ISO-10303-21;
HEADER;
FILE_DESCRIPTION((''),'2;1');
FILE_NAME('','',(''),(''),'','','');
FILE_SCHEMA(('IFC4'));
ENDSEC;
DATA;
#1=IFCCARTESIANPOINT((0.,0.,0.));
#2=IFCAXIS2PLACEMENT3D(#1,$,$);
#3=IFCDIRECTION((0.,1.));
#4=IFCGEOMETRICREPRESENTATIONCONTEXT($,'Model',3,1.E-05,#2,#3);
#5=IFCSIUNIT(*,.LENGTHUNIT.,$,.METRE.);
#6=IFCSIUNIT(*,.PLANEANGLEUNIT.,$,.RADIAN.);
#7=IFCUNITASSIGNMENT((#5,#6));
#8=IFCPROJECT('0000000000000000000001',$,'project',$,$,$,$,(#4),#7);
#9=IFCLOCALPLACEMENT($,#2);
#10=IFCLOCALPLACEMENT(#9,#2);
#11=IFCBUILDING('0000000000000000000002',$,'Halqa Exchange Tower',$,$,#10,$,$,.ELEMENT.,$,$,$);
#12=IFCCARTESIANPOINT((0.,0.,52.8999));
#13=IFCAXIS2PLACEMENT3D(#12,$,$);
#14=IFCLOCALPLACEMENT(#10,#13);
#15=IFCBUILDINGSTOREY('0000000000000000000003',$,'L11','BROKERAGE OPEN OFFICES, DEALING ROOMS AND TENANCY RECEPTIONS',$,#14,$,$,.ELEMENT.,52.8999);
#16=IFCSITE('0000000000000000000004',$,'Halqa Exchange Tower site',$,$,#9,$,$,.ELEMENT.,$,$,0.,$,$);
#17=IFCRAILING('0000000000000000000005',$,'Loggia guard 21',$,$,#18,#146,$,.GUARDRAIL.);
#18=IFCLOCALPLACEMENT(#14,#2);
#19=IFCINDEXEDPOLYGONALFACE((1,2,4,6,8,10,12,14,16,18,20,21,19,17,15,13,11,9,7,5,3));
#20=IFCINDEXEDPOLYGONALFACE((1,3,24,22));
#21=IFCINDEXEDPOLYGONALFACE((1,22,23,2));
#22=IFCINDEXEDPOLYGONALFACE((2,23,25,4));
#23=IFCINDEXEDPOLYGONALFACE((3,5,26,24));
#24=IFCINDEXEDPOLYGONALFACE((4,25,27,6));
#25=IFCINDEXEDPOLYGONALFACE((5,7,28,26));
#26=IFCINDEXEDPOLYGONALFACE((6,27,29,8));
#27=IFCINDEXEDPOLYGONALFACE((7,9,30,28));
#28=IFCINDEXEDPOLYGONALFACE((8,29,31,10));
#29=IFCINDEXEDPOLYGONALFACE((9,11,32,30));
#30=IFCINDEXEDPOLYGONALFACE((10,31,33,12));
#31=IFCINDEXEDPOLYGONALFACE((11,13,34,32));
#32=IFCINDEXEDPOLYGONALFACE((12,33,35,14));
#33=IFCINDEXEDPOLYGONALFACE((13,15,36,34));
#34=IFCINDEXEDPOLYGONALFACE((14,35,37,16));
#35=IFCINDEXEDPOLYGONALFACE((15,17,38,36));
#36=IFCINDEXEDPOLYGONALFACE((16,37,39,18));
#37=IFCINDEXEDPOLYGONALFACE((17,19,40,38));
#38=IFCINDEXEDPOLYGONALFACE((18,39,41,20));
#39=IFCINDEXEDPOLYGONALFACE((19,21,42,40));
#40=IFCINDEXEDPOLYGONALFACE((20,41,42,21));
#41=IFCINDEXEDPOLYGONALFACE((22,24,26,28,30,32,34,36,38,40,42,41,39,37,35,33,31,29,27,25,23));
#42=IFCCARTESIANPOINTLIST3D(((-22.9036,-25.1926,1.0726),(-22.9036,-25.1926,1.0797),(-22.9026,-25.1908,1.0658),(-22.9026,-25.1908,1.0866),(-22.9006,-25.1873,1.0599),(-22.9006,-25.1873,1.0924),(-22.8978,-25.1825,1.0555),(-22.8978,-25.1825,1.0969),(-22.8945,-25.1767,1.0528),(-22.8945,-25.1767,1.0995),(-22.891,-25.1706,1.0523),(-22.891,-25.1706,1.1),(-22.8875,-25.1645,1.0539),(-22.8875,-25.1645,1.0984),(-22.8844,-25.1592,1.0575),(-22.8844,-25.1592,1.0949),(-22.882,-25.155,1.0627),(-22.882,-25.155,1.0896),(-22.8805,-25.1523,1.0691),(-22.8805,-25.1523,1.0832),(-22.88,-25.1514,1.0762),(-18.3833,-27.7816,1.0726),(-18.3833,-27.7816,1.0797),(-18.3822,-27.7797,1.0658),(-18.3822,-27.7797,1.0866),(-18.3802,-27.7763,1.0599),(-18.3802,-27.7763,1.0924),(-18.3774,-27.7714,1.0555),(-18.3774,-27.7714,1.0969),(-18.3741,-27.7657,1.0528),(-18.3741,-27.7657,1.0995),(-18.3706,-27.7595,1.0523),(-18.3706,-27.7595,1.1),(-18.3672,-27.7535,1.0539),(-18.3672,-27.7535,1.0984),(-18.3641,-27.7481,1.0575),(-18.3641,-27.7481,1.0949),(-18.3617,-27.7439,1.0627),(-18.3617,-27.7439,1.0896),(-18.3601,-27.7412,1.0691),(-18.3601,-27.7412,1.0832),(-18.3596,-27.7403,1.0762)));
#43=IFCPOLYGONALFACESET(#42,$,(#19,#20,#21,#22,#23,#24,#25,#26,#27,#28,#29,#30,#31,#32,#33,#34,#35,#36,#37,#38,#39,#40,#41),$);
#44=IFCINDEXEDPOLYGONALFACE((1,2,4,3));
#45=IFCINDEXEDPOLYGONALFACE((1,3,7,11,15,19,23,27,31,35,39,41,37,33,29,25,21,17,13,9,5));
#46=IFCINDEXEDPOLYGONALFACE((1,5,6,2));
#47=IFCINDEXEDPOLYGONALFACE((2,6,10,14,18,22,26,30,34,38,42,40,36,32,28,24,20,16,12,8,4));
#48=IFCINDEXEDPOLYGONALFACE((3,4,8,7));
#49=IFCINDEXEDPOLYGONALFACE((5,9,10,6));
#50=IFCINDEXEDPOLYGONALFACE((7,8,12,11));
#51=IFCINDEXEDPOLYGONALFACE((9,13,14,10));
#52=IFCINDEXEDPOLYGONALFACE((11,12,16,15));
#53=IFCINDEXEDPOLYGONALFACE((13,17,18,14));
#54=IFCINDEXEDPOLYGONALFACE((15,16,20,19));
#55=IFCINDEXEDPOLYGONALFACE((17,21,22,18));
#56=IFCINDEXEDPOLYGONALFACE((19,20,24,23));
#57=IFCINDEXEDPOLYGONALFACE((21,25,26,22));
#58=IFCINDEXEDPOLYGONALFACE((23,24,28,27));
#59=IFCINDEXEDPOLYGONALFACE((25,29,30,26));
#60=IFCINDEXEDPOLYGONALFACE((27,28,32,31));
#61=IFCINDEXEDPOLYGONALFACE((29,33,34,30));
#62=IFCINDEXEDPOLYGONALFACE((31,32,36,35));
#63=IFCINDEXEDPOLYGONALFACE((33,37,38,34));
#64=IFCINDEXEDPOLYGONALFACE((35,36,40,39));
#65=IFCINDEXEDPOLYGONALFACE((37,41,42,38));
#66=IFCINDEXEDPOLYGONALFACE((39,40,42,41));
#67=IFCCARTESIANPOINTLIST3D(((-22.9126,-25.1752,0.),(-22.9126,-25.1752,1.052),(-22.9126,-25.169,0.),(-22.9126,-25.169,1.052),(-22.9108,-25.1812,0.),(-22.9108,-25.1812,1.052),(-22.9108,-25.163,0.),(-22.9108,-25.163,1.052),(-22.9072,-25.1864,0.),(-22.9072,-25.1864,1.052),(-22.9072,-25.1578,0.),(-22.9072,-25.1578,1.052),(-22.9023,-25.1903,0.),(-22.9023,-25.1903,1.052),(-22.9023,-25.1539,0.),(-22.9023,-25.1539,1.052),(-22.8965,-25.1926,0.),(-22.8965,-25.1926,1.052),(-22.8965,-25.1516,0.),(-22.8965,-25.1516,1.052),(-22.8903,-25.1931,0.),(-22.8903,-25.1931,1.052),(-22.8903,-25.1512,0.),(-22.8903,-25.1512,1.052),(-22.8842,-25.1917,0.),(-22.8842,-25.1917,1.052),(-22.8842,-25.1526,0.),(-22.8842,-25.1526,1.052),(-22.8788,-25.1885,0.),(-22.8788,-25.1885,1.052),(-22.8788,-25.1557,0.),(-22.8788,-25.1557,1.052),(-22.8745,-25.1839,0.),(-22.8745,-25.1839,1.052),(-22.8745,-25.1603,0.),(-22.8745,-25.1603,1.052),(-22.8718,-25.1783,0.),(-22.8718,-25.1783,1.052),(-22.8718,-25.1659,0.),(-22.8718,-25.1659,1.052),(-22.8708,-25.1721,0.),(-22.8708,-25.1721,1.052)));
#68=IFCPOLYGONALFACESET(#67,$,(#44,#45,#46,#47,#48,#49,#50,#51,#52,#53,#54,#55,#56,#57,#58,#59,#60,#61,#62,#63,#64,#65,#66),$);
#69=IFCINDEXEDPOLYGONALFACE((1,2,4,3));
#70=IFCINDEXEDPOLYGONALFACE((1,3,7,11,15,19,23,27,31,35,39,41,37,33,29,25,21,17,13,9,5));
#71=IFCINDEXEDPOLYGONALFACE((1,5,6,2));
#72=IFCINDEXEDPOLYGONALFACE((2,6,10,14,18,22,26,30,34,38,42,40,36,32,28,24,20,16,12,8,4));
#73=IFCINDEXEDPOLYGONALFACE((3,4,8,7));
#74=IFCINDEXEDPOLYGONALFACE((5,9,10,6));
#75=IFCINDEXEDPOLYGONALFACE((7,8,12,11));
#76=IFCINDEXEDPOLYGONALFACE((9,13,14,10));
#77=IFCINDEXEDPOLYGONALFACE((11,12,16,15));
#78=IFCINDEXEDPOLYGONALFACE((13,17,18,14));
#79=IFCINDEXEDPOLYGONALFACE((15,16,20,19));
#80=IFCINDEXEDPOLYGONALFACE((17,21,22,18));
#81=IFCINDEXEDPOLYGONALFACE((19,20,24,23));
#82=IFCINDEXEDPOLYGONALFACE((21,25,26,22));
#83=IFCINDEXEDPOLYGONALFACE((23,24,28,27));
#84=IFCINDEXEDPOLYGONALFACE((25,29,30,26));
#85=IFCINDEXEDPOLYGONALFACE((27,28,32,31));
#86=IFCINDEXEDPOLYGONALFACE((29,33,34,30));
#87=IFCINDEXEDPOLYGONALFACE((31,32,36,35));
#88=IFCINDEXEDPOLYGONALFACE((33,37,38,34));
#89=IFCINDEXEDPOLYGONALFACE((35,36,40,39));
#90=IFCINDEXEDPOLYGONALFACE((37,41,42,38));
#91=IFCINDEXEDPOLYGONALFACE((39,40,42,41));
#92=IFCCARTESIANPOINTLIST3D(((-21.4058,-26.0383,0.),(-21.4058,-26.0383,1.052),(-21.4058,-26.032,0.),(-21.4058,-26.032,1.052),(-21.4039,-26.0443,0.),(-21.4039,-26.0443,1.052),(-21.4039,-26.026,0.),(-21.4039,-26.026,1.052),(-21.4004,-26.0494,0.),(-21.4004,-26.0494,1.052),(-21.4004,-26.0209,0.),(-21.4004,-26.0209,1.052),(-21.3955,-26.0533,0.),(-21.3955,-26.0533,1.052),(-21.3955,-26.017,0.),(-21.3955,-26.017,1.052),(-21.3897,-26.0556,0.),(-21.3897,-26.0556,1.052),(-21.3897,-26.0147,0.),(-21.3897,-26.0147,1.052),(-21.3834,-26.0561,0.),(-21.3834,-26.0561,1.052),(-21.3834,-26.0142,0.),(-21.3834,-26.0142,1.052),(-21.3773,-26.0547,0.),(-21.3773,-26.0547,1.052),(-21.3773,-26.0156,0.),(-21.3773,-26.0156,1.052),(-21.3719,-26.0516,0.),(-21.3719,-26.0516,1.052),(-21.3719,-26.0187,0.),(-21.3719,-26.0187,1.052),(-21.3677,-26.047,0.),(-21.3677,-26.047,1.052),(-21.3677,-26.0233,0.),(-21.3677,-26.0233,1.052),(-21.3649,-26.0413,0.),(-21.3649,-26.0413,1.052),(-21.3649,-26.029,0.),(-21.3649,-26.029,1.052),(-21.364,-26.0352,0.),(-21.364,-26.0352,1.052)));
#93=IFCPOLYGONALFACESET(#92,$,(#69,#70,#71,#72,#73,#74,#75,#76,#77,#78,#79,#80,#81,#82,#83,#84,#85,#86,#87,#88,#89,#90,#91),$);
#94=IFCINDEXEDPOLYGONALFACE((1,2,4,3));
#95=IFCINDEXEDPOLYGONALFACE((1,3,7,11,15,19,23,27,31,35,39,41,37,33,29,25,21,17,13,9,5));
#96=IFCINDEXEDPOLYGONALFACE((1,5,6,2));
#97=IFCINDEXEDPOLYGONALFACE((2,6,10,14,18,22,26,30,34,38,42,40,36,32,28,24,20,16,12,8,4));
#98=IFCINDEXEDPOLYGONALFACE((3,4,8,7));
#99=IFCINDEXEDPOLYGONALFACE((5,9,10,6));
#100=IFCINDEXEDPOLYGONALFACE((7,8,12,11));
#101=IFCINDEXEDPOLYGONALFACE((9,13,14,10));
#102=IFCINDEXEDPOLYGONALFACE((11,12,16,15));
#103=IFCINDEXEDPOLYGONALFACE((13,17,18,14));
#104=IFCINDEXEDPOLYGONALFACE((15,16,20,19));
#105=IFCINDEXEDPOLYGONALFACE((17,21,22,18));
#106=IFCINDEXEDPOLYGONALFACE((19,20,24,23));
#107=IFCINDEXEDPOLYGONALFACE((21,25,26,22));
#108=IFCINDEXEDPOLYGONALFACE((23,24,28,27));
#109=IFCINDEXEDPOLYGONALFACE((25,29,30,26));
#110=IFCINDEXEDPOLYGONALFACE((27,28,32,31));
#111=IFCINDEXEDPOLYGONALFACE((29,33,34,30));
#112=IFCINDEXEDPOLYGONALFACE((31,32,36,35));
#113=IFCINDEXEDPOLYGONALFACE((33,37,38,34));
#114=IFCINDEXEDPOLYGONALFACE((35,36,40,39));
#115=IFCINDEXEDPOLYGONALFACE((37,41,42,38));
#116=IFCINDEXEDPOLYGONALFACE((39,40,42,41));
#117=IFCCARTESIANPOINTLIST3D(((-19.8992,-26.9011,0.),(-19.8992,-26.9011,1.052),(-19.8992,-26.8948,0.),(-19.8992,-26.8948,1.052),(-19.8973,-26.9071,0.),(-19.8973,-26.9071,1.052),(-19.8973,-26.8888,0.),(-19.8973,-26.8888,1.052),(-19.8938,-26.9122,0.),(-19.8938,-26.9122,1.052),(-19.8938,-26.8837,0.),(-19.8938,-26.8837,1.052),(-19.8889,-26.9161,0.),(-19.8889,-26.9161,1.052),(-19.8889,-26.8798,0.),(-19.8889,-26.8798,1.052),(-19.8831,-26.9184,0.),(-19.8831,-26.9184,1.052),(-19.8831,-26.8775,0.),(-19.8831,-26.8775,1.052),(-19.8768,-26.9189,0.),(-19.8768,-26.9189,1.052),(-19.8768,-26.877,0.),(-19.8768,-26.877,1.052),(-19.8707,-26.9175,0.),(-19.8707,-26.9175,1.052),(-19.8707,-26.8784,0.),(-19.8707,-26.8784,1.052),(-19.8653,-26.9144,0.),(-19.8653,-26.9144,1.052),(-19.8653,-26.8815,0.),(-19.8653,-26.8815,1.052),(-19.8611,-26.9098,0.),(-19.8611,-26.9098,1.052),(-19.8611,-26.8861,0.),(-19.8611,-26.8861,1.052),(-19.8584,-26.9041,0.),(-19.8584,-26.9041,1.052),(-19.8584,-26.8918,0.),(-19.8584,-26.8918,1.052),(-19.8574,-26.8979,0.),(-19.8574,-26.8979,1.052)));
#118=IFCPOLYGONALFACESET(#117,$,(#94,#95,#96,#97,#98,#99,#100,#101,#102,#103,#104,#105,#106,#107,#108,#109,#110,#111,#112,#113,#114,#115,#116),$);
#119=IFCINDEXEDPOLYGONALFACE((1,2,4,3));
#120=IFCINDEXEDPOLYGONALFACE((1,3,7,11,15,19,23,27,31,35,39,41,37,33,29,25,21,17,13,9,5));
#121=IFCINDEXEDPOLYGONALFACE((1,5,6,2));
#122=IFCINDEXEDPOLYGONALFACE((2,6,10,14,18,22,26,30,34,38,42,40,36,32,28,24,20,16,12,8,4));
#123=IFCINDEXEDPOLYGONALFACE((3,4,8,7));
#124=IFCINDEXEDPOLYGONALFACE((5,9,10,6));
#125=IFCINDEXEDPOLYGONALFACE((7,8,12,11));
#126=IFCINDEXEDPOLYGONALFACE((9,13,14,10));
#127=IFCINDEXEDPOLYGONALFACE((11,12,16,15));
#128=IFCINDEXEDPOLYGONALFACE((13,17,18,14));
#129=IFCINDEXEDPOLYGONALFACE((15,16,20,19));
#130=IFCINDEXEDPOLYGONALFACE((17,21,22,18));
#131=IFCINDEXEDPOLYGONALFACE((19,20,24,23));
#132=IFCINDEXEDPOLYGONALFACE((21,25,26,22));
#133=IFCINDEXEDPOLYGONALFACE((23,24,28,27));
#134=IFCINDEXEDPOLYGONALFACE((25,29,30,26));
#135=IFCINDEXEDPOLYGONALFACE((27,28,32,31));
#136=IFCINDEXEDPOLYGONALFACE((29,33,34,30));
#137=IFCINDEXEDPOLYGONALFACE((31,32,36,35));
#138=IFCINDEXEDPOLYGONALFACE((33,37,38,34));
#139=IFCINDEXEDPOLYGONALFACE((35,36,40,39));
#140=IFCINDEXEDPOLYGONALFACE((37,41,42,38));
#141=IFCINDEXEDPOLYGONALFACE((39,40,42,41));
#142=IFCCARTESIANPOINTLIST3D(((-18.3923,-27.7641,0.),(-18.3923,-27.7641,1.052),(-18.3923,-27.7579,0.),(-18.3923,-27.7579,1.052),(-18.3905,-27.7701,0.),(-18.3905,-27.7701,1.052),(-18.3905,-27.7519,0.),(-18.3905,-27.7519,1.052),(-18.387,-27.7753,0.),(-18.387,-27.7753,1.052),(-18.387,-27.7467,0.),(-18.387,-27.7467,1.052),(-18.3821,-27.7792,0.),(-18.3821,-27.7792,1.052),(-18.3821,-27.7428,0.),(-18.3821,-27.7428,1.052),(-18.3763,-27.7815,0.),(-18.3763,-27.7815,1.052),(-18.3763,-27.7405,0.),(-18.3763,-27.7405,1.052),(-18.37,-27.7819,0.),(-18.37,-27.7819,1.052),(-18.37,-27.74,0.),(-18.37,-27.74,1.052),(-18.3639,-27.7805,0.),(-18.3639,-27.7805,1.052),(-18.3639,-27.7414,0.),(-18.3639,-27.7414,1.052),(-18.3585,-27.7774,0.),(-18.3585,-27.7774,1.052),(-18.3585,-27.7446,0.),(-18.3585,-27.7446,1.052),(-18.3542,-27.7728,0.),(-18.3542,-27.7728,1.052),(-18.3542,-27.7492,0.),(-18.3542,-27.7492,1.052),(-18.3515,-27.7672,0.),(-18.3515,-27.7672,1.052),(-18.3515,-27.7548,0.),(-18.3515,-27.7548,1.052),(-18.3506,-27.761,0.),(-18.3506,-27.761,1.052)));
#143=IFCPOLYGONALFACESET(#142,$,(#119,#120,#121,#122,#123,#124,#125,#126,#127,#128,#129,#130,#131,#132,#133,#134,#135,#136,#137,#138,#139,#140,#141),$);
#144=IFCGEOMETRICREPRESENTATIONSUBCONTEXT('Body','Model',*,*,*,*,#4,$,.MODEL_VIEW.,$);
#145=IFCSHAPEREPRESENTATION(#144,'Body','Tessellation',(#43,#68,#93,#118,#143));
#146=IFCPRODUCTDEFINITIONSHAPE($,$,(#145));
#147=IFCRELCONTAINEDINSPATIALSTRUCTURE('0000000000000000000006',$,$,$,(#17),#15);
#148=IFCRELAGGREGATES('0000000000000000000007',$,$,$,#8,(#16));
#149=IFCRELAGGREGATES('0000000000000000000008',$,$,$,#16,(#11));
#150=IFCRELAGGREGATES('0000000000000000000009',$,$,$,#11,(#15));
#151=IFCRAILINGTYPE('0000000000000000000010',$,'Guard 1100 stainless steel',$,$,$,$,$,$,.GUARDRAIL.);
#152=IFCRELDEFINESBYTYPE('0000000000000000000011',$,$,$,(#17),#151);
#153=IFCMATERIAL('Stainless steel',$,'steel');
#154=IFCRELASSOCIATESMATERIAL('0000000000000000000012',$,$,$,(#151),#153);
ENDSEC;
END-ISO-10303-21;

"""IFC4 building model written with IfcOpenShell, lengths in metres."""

from ifc_helpers import new_model, si_unit, direction, frame, origin, origin_2d, place, context, subcontext, project, spatial, circle, extrude, material, type_object, element, save


model = new_model("IFC4")

# Units and contexts
model_context = context("Model", 3, precision=1e-05, world=origin(), true_north=direction((0.0, 1.0)))
body_context = subcontext(model_context, "Body", "Model", "MODEL_VIEW")
ifc_project = project(units=[si_unit("LENGTHUNIT", "METRE"), si_unit("PLANEANGLEUNIT", "RADIAN")], contexts=[model_context])

# Site, building, storey
site_placement = place(None, origin())
site = spatial("IfcSite", under=ifc_project, at=site_placement, Name="Halqa Exchange Tower site", CompositionType="ELEMENT", RefElevation=0.0)
building_placement = place(site_placement, origin())
building = spatial("IfcBuilding", under=site, at=building_placement, Name="Halqa Exchange Tower", CompositionType="ELEMENT")
storey_placement = place(building_placement, frame((0.0, 0.0, 52.8999)))
storey = spatial("IfcBuildingStorey", under=building, at=storey_placement, Name="L11", Description="BROKERAGE OPEN OFFICES, DEALING ROOMS AND TENANCY RECEPTIONS", CompositionType="ELEMENT", Elevation=52.8999)

# Railing
ifc_material_1 = material(Name="Stainless steel", Category="steel")
railing_type = type_object("IfcRailingType", Name="Guard 1100 stainless steel", PredefinedType="GUARDRAIL", material=ifc_material_1)
railing_1_placement = place(storey_placement, frame((-22.8918, -25.1721, 0.0)))
element("IfcRailing", 1, at=railing_1_placement, inside=storey, type_object=railing_type, Name="Loggia guard 21", PredefinedType="GUARDRAIL", context=body_context, shape_type="SweptSolid", body=[
    extrude(circle(Radius=0.0239, at=origin_2d()), frame((0.0, 0.0, 1.0762), z_axis=(0.867758, -0.496987, 0.0), x_axis=(0.496987, 0.867758, 0.0)), (0.0, 0.0, 1.0), 5.2092),
    extrude(circle(Radius=0.021, at=origin_2d()), origin(), (0.0, 0.0, 1.0), 1.052),
    extrude(circle(Radius=0.021, at=origin_2d()), frame((1.5068, -0.863, 0.0)), (0.0, 0.0, 1.0), 1.052),
    extrude(circle(Radius=0.021, at=origin_2d()), frame((3.0134, -1.7258, 0.0)), (0.0, 0.0, 1.0), 1.052),
    extrude(circle(Radius=0.021, at=origin_2d()), frame((4.5203, -2.5889, 0.0)), (0.0, 0.0, 1.0), 1.052),
])

save(model, "model.ifc")
